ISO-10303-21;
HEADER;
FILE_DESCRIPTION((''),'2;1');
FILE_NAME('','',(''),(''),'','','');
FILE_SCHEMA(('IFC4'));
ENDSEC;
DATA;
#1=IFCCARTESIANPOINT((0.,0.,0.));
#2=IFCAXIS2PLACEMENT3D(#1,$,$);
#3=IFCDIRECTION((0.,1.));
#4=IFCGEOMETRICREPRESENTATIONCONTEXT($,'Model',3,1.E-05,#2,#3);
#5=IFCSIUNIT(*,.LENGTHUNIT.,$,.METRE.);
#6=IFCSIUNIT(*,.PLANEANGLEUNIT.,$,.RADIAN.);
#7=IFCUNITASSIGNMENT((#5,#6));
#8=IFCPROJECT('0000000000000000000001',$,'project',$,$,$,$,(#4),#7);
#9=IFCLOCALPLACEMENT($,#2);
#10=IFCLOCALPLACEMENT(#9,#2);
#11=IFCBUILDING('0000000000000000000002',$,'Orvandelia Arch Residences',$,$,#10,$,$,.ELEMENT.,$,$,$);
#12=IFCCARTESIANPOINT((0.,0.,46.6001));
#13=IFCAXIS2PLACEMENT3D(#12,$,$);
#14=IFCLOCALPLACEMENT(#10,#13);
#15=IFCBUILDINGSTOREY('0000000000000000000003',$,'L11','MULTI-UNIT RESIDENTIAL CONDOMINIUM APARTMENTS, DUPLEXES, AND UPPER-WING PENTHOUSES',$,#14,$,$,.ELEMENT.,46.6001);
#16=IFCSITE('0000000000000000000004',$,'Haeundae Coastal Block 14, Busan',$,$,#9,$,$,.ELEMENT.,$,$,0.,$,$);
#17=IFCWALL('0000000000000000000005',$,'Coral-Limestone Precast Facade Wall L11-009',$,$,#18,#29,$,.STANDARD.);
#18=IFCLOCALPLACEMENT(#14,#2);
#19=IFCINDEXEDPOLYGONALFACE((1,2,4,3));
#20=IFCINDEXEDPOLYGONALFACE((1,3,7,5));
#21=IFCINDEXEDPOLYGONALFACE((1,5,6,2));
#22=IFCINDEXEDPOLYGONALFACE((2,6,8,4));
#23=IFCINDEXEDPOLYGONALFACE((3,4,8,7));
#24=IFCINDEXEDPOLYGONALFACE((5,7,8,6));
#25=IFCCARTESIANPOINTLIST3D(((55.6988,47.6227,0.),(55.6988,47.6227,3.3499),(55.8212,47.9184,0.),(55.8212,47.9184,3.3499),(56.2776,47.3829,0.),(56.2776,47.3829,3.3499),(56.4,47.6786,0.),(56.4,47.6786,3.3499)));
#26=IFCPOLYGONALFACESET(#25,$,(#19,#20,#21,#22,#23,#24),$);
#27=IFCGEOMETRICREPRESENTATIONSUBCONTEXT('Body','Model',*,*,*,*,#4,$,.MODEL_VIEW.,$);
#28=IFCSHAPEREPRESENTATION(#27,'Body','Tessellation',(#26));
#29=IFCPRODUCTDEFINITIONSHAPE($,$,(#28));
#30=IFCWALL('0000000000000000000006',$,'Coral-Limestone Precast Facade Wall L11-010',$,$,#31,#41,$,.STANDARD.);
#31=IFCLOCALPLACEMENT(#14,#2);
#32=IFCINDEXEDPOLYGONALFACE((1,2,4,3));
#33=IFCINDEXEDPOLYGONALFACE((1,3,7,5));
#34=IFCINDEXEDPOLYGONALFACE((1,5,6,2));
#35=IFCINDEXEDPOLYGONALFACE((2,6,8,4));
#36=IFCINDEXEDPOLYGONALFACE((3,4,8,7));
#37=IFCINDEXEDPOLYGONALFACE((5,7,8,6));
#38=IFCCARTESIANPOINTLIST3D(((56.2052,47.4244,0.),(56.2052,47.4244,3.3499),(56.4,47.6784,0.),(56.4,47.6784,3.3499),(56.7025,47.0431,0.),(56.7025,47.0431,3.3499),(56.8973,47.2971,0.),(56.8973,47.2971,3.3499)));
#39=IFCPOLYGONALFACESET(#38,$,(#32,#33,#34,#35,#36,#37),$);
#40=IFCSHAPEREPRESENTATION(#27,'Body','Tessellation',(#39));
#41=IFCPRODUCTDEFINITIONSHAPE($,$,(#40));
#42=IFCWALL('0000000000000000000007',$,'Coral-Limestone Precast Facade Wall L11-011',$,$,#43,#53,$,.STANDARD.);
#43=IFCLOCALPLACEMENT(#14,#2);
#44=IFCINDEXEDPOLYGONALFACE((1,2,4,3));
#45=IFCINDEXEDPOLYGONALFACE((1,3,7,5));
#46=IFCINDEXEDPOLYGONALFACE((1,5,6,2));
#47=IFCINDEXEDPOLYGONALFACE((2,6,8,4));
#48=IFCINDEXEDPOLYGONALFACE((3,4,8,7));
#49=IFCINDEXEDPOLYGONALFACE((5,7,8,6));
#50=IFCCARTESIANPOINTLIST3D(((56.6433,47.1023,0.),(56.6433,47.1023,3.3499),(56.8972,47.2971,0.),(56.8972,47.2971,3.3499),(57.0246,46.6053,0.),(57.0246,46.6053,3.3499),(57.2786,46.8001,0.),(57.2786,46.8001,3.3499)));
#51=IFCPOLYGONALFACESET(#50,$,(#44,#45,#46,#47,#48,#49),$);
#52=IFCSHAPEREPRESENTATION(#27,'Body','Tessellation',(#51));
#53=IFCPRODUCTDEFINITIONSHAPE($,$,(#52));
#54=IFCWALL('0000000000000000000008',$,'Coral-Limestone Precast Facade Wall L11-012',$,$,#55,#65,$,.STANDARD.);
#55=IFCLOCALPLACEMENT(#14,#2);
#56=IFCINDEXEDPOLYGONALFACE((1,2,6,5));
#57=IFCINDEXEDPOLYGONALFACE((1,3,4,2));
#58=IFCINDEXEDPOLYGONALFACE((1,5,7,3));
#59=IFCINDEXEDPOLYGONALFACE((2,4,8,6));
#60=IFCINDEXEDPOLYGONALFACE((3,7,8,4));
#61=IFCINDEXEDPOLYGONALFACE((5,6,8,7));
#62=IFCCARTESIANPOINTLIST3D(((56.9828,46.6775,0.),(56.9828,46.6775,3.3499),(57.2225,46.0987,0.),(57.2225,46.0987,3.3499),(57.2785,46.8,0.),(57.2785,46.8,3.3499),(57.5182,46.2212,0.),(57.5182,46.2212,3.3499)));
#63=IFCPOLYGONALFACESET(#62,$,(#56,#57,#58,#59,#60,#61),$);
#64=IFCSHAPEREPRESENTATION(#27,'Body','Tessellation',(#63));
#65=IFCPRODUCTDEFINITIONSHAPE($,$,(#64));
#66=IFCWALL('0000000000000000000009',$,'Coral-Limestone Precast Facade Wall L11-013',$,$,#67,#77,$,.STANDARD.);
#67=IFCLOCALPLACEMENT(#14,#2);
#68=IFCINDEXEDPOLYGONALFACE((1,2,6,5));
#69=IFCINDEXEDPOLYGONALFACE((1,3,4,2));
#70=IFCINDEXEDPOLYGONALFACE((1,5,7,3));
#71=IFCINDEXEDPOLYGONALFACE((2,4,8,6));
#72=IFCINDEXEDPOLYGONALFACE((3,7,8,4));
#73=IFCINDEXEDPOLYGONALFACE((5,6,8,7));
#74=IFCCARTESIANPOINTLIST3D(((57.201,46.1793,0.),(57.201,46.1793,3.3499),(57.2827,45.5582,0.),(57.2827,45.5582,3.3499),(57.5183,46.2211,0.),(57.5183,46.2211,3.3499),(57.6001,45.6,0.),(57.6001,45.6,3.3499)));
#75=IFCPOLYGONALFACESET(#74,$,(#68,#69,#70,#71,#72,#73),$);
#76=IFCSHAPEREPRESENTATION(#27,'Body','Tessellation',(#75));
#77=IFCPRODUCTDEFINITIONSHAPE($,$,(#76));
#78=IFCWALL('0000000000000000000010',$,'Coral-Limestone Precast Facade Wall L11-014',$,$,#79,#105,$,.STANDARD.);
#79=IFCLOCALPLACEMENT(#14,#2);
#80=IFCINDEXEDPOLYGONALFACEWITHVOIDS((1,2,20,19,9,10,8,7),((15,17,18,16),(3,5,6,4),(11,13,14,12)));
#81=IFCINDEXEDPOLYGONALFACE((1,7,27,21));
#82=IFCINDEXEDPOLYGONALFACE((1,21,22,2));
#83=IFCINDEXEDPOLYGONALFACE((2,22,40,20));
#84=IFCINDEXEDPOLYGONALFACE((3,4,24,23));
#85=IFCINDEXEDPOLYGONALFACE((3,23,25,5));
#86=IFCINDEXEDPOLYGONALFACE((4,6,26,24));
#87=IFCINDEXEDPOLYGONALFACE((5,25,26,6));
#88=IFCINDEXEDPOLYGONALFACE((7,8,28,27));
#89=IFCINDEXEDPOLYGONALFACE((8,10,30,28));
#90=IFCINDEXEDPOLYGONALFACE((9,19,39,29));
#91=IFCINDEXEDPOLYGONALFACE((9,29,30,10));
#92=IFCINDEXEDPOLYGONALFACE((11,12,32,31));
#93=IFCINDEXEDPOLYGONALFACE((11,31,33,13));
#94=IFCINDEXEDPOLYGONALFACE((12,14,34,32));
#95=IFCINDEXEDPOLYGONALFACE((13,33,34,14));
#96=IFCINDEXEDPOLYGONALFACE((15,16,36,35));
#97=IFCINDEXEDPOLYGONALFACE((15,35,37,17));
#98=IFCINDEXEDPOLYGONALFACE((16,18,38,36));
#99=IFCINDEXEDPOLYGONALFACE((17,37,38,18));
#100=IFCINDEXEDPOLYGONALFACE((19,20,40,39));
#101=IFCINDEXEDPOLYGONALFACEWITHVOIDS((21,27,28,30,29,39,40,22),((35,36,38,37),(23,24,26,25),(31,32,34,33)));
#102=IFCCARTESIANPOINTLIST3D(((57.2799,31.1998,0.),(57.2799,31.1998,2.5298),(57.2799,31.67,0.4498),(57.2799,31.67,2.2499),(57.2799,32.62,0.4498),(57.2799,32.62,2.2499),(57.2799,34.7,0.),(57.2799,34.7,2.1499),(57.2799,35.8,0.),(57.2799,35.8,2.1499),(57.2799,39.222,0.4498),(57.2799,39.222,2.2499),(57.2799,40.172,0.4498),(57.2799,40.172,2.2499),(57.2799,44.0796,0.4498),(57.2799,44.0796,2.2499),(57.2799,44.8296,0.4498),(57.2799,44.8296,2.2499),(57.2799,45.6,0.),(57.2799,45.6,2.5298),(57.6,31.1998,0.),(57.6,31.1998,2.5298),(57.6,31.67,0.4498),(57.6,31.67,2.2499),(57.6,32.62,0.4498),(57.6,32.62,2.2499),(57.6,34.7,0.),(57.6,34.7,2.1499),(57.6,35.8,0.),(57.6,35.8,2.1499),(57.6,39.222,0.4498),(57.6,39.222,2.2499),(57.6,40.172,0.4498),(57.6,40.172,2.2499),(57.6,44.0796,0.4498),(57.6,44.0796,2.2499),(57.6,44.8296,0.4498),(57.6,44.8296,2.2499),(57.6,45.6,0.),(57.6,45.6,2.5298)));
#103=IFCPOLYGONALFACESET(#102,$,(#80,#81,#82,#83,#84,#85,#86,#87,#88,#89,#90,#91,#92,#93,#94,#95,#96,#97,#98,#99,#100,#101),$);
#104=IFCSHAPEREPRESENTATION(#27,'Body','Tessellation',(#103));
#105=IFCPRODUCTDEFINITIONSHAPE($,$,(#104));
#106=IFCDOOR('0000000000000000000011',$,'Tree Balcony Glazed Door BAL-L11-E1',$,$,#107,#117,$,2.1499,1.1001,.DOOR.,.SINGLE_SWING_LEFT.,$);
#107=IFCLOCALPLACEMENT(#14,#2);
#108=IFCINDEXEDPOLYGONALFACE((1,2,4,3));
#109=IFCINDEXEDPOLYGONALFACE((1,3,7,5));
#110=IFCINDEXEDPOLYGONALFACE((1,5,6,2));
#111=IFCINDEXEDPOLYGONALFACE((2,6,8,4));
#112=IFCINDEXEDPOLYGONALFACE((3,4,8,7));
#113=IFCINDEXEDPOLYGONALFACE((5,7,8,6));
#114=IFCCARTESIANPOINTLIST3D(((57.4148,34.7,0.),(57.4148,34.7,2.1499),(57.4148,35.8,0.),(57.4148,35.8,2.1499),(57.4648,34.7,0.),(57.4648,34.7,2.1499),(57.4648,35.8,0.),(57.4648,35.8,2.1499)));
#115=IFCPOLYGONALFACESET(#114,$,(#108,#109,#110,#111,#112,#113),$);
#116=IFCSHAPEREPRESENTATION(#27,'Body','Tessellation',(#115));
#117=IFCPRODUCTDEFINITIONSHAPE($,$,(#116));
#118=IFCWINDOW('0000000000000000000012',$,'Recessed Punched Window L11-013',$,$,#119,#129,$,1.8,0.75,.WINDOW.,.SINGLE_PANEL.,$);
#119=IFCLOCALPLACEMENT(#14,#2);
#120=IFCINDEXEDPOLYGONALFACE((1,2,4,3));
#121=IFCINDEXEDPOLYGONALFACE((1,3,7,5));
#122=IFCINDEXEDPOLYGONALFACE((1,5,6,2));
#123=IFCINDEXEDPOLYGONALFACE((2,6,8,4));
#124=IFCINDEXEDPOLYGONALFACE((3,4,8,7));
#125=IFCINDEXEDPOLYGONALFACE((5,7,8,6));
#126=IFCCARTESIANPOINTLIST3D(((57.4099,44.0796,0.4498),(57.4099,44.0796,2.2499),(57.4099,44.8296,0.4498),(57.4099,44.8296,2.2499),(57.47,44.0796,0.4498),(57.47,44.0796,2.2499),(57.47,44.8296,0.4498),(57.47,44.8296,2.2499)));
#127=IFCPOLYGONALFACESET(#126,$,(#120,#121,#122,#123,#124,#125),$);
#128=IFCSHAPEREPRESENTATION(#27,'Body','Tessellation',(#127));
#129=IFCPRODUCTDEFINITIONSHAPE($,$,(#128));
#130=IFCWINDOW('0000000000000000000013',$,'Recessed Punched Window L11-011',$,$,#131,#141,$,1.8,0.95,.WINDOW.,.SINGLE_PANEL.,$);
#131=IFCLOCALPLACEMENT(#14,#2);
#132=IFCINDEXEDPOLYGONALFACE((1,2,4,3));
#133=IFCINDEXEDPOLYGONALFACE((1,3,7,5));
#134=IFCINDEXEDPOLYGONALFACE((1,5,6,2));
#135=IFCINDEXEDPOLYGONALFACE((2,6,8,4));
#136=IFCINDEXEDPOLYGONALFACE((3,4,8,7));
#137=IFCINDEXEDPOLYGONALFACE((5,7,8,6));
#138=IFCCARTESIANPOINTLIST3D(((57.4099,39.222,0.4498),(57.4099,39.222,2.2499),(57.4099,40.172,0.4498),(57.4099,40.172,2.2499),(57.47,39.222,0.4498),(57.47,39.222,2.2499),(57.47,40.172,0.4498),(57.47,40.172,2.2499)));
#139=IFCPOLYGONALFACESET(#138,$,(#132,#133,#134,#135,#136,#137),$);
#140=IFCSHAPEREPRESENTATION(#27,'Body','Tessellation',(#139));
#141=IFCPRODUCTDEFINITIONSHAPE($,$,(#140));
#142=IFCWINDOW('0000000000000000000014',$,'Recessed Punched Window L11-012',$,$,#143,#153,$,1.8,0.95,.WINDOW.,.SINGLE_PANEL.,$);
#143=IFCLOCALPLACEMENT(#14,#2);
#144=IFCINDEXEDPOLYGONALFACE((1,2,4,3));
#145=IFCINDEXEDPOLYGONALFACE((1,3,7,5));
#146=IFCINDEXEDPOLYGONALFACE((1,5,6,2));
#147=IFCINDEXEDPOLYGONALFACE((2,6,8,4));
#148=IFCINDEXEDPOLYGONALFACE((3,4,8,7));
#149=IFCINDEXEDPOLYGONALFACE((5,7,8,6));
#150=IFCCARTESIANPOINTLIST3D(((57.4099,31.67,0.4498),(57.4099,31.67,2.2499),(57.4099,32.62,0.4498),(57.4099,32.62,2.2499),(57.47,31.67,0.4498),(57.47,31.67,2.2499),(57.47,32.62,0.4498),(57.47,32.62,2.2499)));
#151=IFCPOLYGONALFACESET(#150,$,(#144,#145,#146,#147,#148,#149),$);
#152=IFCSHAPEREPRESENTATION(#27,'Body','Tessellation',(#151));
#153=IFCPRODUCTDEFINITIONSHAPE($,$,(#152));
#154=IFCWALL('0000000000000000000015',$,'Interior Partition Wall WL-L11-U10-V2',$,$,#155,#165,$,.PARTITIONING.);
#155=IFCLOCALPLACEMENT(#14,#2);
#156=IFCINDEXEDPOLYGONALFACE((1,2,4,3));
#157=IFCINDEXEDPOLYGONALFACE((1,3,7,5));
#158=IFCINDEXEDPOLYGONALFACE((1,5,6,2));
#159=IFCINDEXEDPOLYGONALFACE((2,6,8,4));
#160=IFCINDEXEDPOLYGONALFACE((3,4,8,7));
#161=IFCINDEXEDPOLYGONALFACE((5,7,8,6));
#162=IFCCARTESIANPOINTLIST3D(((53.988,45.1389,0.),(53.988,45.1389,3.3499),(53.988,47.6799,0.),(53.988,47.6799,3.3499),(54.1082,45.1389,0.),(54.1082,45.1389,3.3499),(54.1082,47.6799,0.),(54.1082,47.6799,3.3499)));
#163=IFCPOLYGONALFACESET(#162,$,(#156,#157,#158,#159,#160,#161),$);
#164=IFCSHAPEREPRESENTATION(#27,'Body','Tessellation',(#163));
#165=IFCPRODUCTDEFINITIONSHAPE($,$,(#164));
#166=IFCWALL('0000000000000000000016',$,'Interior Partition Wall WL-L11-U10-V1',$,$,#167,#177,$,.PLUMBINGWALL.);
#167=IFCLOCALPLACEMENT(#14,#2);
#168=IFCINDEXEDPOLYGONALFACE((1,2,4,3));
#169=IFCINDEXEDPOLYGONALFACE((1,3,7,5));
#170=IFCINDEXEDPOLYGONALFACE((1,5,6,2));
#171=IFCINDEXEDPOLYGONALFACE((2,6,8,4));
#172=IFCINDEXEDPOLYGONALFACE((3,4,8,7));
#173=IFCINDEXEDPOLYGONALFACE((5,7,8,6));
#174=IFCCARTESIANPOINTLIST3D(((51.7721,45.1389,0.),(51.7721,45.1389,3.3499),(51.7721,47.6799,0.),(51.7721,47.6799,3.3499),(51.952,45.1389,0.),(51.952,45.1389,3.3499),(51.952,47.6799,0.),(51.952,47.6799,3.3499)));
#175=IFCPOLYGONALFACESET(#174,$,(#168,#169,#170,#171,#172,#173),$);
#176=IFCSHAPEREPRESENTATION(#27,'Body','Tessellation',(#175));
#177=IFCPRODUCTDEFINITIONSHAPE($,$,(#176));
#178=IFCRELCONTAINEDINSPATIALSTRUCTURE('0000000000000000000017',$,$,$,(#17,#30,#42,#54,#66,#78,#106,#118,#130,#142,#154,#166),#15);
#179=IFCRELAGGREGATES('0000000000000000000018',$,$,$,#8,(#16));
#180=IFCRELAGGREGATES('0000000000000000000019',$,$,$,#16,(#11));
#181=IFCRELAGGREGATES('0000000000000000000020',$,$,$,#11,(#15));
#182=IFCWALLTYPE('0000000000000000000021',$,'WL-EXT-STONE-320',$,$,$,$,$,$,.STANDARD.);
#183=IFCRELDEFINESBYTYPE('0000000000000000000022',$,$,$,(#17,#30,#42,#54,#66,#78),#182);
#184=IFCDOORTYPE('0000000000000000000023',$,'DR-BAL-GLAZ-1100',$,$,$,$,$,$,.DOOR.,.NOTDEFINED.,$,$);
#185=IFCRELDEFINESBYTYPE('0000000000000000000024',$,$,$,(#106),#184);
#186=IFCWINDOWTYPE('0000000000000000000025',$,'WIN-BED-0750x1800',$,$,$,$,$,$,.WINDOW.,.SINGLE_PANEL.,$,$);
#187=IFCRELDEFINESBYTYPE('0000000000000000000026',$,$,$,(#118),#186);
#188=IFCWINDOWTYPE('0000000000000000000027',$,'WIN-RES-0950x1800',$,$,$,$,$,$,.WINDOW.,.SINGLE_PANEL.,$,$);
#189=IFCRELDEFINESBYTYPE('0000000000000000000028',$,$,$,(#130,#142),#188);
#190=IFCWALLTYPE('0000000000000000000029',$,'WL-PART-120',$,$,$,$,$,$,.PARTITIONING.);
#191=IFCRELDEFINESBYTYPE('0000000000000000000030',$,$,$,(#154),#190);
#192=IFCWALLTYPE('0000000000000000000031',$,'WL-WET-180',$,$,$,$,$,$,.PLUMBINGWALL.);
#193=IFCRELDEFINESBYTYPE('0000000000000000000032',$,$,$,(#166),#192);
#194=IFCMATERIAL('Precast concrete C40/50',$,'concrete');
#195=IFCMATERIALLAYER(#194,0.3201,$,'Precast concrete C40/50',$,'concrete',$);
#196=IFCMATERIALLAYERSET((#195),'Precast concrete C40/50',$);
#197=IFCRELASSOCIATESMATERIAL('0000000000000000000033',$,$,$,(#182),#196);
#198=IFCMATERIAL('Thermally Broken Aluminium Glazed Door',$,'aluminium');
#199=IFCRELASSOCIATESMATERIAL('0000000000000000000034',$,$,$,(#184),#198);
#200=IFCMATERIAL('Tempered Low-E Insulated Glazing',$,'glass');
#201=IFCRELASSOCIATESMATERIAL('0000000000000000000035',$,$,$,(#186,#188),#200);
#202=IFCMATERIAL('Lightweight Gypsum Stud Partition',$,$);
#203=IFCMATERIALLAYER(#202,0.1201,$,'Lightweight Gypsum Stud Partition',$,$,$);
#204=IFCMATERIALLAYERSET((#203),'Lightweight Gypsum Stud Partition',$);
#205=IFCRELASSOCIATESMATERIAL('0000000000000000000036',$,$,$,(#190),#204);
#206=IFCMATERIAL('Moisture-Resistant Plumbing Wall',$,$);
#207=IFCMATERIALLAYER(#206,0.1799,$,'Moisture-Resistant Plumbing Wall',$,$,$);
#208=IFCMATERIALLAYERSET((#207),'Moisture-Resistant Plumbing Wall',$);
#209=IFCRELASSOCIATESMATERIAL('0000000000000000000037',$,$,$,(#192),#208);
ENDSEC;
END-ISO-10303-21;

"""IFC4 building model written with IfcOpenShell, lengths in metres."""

from ifc_helpers import new_model, si_unit, direction, frame, frame_2d, origin, place, context, subcontext, project, spatial, rectangle, extrude, material, layer, layer_set, type_object, element, fill, save


model = new_model("IFC4")

# Units and contexts
model_context = context("Model", 3, precision=1e-05, world=origin(), true_north=direction((0.0, 1.0)))
body_context = subcontext(model_context, "Body", "Model", "MODEL_VIEW")
ifc_project = project(units=[si_unit("LENGTHUNIT", "METRE"), si_unit("PLANEANGLEUNIT", "RADIAN")], contexts=[model_context])

# Site, building, storey
site_placement = place(None, origin())
site = spatial("IfcSite", under=ifc_project, at=site_placement, Name="Haeundae Coastal Block 14, Busan", CompositionType="ELEMENT", RefElevation=0.0)
building_placement = place(site_placement, origin())
building = spatial("IfcBuilding", under=site, at=building_placement, Name="Orvandelia Arch Residences", CompositionType="ELEMENT")
storey_placement = place(building_placement, frame((0.0, 0.0, 46.6001)))
storey = spatial("IfcBuildingStorey", under=building, at=storey_placement, Name="L11", Description="MULTI-UNIT RESIDENTIAL CONDOMINIUM APARTMENTS, DUPLEXES, AND UPPER-WING PENTHOUSES", CompositionType="ELEMENT", Elevation=46.6001)

# Walls
ifc_material_1 = material(Name="Precast concrete C40/50", Category="concrete")
ifc_layer_1 = layer(ifc_material_1, 0.3201, Name="Precast concrete C40/50", Category="concrete")
ifc_layer_set_1 = layer_set([ifc_layer_1], Name="Precast concrete C40/50")
wall_type_1 = type_object("IfcWallType", Name="WL-EXT-STONE-320", PredefinedType="STANDARD", material=ifc_layer_set_1)
for number, where, z_axis, x_axis, name in (
    (1, (55.76, 47.7705, 0.0), (0.0, 0.0, 1.0), (0.923893, -0.38265, 0.0), "Coral-Limestone Precast Facade Wall L11-009"),
):
    element("IfcWall", number, at=place(storey_placement, frame(where, z_axis=z_axis, x_axis=x_axis)), inside=storey, type_object=wall_type_1, Name=name, PredefinedType="STANDARD", context=body_context, shape_type="SweptSolid", body=[
        extrude(rectangle(XDim=0.6265, YDim=0.3201, at=frame_2d((0.3132, 0.0))), origin(), (0.0, 0.0, 1.0), 3.3499),
    ])
wall_1_placement = place(storey_placement, frame((56.3025, 47.5515, 0.0), z_axis=(0.0, 0.0, 1.0), x_axis=(0.79355, -0.608505, 0.0)))
element("IfcWall", 2, at=wall_1_placement, inside=storey, type_object=wall_type_1, Name="Coral-Limestone Precast Facade Wall L11-010", PredefinedType="STANDARD", context=body_context, shape_type="SweptSolid", body=[
    extrude(rectangle(XDim=0.6267, YDim=0.3201, at=frame_2d((0.3135, 0.0))), origin(), (0.0, 0.0, 1.0), 3.3499),
])
for number, where, z_axis, x_axis, name in (
    (3, (56.7703, 47.1997, 0.0), (0.0, 0.0, 1.0), (0.608693, -0.793406, 0.0), "Coral-Limestone Precast Facade Wall L11-011"),
    (4, (57.1306, 46.7388, 0.0), (0.0, 0.0, 1.0), (0.38265, -0.923893, 0.0), "Coral-Limestone Precast Facade Wall L11-012"),
    (5, (57.3596, 46.2002, 0.0), (0.0, 0.0, 1.0), (0.130555, -0.991441, 0.0), "Coral-Limestone Precast Facade Wall L11-013"),
):
    element("IfcWall", number, at=place(storey_placement, frame(where, z_axis=z_axis, x_axis=x_axis)), inside=storey, type_object=wall_type_1, Name=name, PredefinedType="STANDARD", context=body_context, shape_type="SweptSolid", body=[
        extrude(rectangle(XDim=0.6265, YDim=0.3201, at=frame_2d((0.3132, 0.0))), origin(), (0.0, 0.0, 1.0), 3.3499),
    ])

# Wall, openings, door, windows
wall_2_placement = place(storey_placement, frame((57.4399, 45.6001, 0.0), z_axis=(0.0, 0.0, 1.0), x_axis=(0.0, -1.0, 0.0)))
wall_2 = element("IfcWall", 6, at=wall_2_placement, inside=storey, type_object=wall_type_1, Name="Coral-Limestone Precast Facade Wall L11-014", PredefinedType="STANDARD", context=body_context, shape_type="SweptSolid", body=[
    extrude(rectangle(XDim=14.4001, YDim=0.3201, at=frame_2d((7.2002, 0.0))), origin(), (0.0, 0.0, 1.0), 2.5298),
])
opening_1_placement = place(wall_2_placement, frame((9.8, 0.0, 0.0)))
opening_1 = element("IfcOpeningElement", 7, at=opening_1_placement, cuts=wall_2, PredefinedType="OPENING", context=body_context, shape_type="SweptSolid", body=[
    extrude(rectangle(XDim=1.1001, YDim=2.1499, at=frame_2d((0.55, 1.075))), frame((0.0, 0.1699, 0.0), z_axis=(0.0, -1.0, 0.0), x_axis=(1.0, 0.0, 0.0)), (0.0, 0.0, 1.0), 0.3401),
])
opening_2_placement = place(wall_2_placement, frame((5.428, 0.0, 0.45)))
opening_2 = element("IfcOpeningElement", 8, at=opening_2_placement, cuts=wall_2, PredefinedType="OPENING", context=body_context, shape_type="SweptSolid", body=[
    extrude(rectangle(XDim=0.95, YDim=1.8, at=frame_2d((0.4751, 0.8999))), frame((0.0, 0.1699, 0.0), z_axis=(0.0, -1.0, 0.0), x_axis=(1.0, 0.0, 0.0)), (0.0, 0.0, 1.0), 0.3401),
])
opening_3_placement = place(wall_2_placement, frame((12.98, 0.0, 0.45)))
opening_3 = element("IfcOpeningElement", 9, at=opening_3_placement, cuts=wall_2, PredefinedType="OPENING", context=body_context, shape_type="SweptSolid", body=[
    extrude(rectangle(XDim=0.95, YDim=1.8, at=frame_2d((0.4751, 0.8999))), frame((0.0, 0.1699, 0.0), z_axis=(0.0, -1.0, 0.0), x_axis=(1.0, 0.0, 0.0)), (0.0, 0.0, 1.0), 0.3401),
])
opening_4_placement = place(wall_2_placement, frame((0.7705, 0.0, 0.45)))
opening_4 = element("IfcOpeningElement", 10, at=opening_4_placement, cuts=wall_2, PredefinedType="OPENING", context=body_context, shape_type="SweptSolid", body=[
    extrude(rectangle(XDim=0.75, YDim=1.8, at=frame_2d((0.375, 0.8999))), frame((0.0, 0.1699, 0.0), z_axis=(0.0, -1.0, 0.0), x_axis=(1.0, 0.0, 0.0)), (0.0, 0.0, 1.0), 0.3401),
])
ifc_material_2 = material(Name="Thermally Broken Aluminium Glazed Door", Category="aluminium")
door_type_1 = type_object("IfcDoorType", Name="DR-BAL-GLAZ-1100", OperationType="NOTDEFINED", PredefinedType="DOOR", material=ifc_material_2)
door_1_placement = place(opening_1_placement, origin())
door_1 = element("IfcDoor", 11, at=door_1_placement, inside=storey, type_object=door_type_1, Name="Tree Balcony Glazed Door BAL-L11-E1", OperationType="SINGLE_SWING_LEFT", OverallHeight=2.1499, OverallWidth=1.1001, PredefinedType="DOOR", context=body_context, shape_type="SweptSolid", body=[
    extrude(rectangle(XDim=1.1001, YDim=2.1499, at=frame_2d((0.55, 1.075))), frame((0.0, 0.0249, 0.0), z_axis=(0.0, -1.0, 0.0), x_axis=(1.0, 0.0, 0.0)), (0.0, 0.0, 1.0), 0.05),
])
fill(opening_1, door_1)
ifc_material_3 = material(Name="Tempered Low-E Insulated Glazing", Category="glass")
window_type_1 = type_object("IfcWindowType", Name="WIN-BED-0750x1800", PartitioningType="SINGLE_PANEL", PredefinedType="WINDOW", material=ifc_material_3)
window_1_placement = place(opening_4_placement, origin())
window_1 = element("IfcWindow", 12, at=window_1_placement, inside=storey, type_object=window_type_1, Name="Recessed Punched Window L11-013", OverallHeight=1.8, OverallWidth=0.75, PartitioningType="SINGLE_PANEL", PredefinedType="WINDOW", context=body_context, shape_type="SweptSolid", body=[
    extrude(rectangle(XDim=0.75, YDim=1.8, at=frame_2d((0.375, 0.8999))), frame((0.0, 0.03, 0.0), z_axis=(0.0, -1.0, 0.0), x_axis=(1.0, 0.0, 0.0)), (0.0, 0.0, 1.0), 0.0601),
])
fill(opening_4, window_1)
window_type_2 = type_object("IfcWindowType", Name="WIN-RES-0950x1800", PartitioningType="SINGLE_PANEL", PredefinedType="WINDOW", material=ifc_material_3)
window_2_placement = place(opening_2_placement, origin())
window_2 = element("IfcWindow", 13, at=window_2_placement, inside=storey, type_object=window_type_2, Name="Recessed Punched Window L11-011", OverallHeight=1.8, OverallWidth=0.95, PartitioningType="SINGLE_PANEL", PredefinedType="WINDOW", context=body_context, shape_type="SweptSolid", body=[
    extrude(rectangle(XDim=0.95, YDim=1.8, at=frame_2d((0.4751, 0.8999))), frame((0.0, 0.03, 0.0), z_axis=(0.0, -1.0, 0.0), x_axis=(1.0, 0.0, 0.0)), (0.0, 0.0, 1.0), 0.0601),
])
fill(opening_2, window_2)
window_3_placement = place(opening_3_placement, origin())
window_3 = element("IfcWindow", 14, at=window_3_placement, inside=storey, type_object=window_type_2, Name="Recessed Punched Window L11-012", OverallHeight=1.8, OverallWidth=0.95, PartitioningType="SINGLE_PANEL", PredefinedType="WINDOW", context=body_context, shape_type="SweptSolid", body=[
    extrude(rectangle(XDim=0.95, YDim=1.8, at=frame_2d((0.4751, 0.8999))), frame((0.0, 0.03, 0.0), z_axis=(0.0, -1.0, 0.0), x_axis=(1.0, 0.0, 0.0)), (0.0, 0.0, 1.0), 0.0601),
])
fill(opening_3, window_3)

# Wall
ifc_material_4 = material(Name="Lightweight Gypsum Stud Partition")
ifc_layer_2 = layer(ifc_material_4, 0.1201, Name="Lightweight Gypsum Stud Partition")
ifc_layer_set_2 = layer_set([ifc_layer_2], Name="Lightweight Gypsum Stud Partition")
wall_type_2 = type_object("IfcWallType", Name="WL-PART-120", PredefinedType="PARTITIONING", material=ifc_layer_set_2)
wall_3_placement = place(storey_placement, frame((54.0481, 45.1389, 0.0), z_axis=(0.0, 0.0, 1.0), x_axis=(0.0, 1.0, 0.0)))
element("IfcWall", 15, at=wall_3_placement, inside=storey, type_object=wall_type_2, Name="Interior Partition Wall WL-L11-U10-V2", PredefinedType="PARTITIONING", context=body_context, shape_type="SweptSolid", body=[
    extrude(rectangle(XDim=2.541, YDim=0.1201, at=frame_2d((1.2705, 0.0))), origin(), (0.0, 0.0, 1.0), 3.3499),
])

# Shared definitions
ifc_material_5 = material(Name="Moisture-Resistant Plumbing Wall")
ifc_layer_3 = layer(ifc_material_5, 0.1799, Name="Moisture-Resistant Plumbing Wall")
ifc_layer_set_3 = layer_set([ifc_layer_3], Name="Moisture-Resistant Plumbing Wall")
wall_type_3 = type_object("IfcWallType", Name="WL-WET-180", PredefinedType="PLUMBINGWALL", material=ifc_layer_set_3)

# Wall
wall_4_placement = place(storey_placement, frame((51.8621, 45.1389, 0.0), z_axis=(0.0, 0.0, 1.0), x_axis=(0.0, 1.0, 0.0)))
element("IfcWall", 16, at=wall_4_placement, inside=storey, type_object=wall_type_3, Name="Interior Partition Wall WL-L11-U10-V1", PredefinedType="PLUMBINGWALL", context=body_context, shape_type="SweptSolid", body=[
    extrude(rectangle(XDim=2.541, YDim=0.1799, at=frame_2d((1.2705, 0.0))), origin(), (0.0, 0.0, 1.0), 3.3499),
])

save(model, "model.ifc")
